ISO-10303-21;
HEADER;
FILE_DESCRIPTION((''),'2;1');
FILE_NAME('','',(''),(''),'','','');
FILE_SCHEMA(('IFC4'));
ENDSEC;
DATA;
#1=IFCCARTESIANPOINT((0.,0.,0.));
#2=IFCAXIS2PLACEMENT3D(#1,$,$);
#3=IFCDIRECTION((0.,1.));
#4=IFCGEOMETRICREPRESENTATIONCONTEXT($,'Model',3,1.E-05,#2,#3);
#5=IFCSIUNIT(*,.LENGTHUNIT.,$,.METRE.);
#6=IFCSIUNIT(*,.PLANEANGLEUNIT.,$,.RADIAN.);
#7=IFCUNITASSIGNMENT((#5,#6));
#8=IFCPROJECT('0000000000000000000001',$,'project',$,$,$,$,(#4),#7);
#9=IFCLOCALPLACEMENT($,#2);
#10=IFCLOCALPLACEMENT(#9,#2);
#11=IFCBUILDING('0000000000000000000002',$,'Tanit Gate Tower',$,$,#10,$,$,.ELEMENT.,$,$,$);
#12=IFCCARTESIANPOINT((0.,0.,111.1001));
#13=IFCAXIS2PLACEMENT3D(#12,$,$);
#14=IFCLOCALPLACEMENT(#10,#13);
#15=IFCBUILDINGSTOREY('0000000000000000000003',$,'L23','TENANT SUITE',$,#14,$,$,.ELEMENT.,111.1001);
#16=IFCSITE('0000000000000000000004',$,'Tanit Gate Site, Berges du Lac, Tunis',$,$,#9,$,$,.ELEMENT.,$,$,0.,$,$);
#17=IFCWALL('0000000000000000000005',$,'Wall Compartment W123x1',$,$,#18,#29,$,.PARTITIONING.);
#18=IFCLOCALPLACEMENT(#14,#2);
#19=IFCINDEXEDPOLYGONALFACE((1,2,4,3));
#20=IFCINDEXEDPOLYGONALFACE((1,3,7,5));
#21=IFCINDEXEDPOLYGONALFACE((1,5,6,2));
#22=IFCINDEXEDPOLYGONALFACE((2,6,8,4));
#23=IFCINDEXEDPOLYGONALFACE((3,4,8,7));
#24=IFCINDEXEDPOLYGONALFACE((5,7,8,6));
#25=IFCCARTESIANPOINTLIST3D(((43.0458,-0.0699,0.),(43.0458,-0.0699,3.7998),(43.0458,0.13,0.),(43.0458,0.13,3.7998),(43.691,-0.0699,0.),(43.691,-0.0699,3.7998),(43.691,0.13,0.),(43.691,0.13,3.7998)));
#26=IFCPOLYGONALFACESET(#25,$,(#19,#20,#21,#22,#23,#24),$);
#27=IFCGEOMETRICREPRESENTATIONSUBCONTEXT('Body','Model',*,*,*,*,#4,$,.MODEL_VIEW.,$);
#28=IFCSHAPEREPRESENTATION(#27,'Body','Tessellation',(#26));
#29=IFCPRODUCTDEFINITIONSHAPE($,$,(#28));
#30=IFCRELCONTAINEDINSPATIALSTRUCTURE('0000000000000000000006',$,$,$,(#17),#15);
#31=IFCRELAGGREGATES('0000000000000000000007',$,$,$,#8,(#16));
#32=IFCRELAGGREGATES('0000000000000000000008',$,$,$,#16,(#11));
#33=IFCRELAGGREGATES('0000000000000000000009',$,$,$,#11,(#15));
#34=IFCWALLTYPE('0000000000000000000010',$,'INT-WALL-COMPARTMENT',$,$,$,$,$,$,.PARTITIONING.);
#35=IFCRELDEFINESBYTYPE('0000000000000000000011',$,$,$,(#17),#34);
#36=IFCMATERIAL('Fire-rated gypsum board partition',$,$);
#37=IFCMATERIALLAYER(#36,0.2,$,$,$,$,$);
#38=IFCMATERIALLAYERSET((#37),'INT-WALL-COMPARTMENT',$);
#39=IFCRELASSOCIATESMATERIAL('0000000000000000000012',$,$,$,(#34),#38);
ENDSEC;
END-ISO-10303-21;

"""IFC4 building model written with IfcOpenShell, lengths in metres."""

from ifc_helpers import new_model, si_unit, direction, frame, frame_2d, origin, place, context, subcontext, project, spatial, rectangle, extrude, material, layer, layer_set, type_object, element, save


model = new_model("IFC4")

# Units and contexts
model_context = context("Model", 3, precision=1e-05, world=origin(), true_north=direction((0.0, 1.0)))
body_context = subcontext(model_context, "Body", "Model", "MODEL_VIEW")
ifc_project = project(units=[si_unit("LENGTHUNIT", "METRE"), si_unit("PLANEANGLEUNIT", "RADIAN")], contexts=[model_context])

# Site, building, storey
site_placement = place(None, origin())
site = spatial("IfcSite", under=ifc_project, at=site_placement, Name="Tanit Gate Site, Berges du Lac, Tunis", CompositionType="ELEMENT", RefElevation=0.0)
building_placement = place(site_placement, origin())
building = spatial("IfcBuilding", under=site, at=building_placement, Name="Tanit Gate Tower", CompositionType="ELEMENT")
storey_placement = place(building_placement, frame((0.0, 0.0, 111.1001)))
storey = spatial("IfcBuildingStorey", under=building, at=storey_placement, Name="L23", Description="TENANT SUITE", CompositionType="ELEMENT", Elevation=111.1001)

# Wall
ifc_material_1 = material(Name="Fire-rated gypsum board partition")
ifc_layer_1 = layer(ifc_material_1, 0.2)
ifc_layer_set_1 = layer_set([ifc_layer_1], Name="INT-WALL-COMPARTMENT")
wall_type_1 = type_object("IfcWallType", Name="INT-WALL-COMPARTMENT", PredefinedType="PARTITIONING", material=ifc_layer_set_1)
wall_1_placement = place(storey_placement, frame((43.0457, 0.03, 0.0), z_axis=(0.0, 0.0, 1.0), x_axis=(1.0, 0.0, 0.0)))
element("IfcWall", 1, at=wall_1_placement, inside=storey, type_object=wall_type_1, Name="Wall Compartment W123x1", PredefinedType="PARTITIONING", context=body_context, shape_type="SweptSolid", body=[
    extrude(rectangle(XDim=0.6453, YDim=0.2, at=frame_2d((0.3228, 0.0))), origin(), (0.0, 0.0, 1.0), 3.7998),
])

save(model, "model.ifc")
